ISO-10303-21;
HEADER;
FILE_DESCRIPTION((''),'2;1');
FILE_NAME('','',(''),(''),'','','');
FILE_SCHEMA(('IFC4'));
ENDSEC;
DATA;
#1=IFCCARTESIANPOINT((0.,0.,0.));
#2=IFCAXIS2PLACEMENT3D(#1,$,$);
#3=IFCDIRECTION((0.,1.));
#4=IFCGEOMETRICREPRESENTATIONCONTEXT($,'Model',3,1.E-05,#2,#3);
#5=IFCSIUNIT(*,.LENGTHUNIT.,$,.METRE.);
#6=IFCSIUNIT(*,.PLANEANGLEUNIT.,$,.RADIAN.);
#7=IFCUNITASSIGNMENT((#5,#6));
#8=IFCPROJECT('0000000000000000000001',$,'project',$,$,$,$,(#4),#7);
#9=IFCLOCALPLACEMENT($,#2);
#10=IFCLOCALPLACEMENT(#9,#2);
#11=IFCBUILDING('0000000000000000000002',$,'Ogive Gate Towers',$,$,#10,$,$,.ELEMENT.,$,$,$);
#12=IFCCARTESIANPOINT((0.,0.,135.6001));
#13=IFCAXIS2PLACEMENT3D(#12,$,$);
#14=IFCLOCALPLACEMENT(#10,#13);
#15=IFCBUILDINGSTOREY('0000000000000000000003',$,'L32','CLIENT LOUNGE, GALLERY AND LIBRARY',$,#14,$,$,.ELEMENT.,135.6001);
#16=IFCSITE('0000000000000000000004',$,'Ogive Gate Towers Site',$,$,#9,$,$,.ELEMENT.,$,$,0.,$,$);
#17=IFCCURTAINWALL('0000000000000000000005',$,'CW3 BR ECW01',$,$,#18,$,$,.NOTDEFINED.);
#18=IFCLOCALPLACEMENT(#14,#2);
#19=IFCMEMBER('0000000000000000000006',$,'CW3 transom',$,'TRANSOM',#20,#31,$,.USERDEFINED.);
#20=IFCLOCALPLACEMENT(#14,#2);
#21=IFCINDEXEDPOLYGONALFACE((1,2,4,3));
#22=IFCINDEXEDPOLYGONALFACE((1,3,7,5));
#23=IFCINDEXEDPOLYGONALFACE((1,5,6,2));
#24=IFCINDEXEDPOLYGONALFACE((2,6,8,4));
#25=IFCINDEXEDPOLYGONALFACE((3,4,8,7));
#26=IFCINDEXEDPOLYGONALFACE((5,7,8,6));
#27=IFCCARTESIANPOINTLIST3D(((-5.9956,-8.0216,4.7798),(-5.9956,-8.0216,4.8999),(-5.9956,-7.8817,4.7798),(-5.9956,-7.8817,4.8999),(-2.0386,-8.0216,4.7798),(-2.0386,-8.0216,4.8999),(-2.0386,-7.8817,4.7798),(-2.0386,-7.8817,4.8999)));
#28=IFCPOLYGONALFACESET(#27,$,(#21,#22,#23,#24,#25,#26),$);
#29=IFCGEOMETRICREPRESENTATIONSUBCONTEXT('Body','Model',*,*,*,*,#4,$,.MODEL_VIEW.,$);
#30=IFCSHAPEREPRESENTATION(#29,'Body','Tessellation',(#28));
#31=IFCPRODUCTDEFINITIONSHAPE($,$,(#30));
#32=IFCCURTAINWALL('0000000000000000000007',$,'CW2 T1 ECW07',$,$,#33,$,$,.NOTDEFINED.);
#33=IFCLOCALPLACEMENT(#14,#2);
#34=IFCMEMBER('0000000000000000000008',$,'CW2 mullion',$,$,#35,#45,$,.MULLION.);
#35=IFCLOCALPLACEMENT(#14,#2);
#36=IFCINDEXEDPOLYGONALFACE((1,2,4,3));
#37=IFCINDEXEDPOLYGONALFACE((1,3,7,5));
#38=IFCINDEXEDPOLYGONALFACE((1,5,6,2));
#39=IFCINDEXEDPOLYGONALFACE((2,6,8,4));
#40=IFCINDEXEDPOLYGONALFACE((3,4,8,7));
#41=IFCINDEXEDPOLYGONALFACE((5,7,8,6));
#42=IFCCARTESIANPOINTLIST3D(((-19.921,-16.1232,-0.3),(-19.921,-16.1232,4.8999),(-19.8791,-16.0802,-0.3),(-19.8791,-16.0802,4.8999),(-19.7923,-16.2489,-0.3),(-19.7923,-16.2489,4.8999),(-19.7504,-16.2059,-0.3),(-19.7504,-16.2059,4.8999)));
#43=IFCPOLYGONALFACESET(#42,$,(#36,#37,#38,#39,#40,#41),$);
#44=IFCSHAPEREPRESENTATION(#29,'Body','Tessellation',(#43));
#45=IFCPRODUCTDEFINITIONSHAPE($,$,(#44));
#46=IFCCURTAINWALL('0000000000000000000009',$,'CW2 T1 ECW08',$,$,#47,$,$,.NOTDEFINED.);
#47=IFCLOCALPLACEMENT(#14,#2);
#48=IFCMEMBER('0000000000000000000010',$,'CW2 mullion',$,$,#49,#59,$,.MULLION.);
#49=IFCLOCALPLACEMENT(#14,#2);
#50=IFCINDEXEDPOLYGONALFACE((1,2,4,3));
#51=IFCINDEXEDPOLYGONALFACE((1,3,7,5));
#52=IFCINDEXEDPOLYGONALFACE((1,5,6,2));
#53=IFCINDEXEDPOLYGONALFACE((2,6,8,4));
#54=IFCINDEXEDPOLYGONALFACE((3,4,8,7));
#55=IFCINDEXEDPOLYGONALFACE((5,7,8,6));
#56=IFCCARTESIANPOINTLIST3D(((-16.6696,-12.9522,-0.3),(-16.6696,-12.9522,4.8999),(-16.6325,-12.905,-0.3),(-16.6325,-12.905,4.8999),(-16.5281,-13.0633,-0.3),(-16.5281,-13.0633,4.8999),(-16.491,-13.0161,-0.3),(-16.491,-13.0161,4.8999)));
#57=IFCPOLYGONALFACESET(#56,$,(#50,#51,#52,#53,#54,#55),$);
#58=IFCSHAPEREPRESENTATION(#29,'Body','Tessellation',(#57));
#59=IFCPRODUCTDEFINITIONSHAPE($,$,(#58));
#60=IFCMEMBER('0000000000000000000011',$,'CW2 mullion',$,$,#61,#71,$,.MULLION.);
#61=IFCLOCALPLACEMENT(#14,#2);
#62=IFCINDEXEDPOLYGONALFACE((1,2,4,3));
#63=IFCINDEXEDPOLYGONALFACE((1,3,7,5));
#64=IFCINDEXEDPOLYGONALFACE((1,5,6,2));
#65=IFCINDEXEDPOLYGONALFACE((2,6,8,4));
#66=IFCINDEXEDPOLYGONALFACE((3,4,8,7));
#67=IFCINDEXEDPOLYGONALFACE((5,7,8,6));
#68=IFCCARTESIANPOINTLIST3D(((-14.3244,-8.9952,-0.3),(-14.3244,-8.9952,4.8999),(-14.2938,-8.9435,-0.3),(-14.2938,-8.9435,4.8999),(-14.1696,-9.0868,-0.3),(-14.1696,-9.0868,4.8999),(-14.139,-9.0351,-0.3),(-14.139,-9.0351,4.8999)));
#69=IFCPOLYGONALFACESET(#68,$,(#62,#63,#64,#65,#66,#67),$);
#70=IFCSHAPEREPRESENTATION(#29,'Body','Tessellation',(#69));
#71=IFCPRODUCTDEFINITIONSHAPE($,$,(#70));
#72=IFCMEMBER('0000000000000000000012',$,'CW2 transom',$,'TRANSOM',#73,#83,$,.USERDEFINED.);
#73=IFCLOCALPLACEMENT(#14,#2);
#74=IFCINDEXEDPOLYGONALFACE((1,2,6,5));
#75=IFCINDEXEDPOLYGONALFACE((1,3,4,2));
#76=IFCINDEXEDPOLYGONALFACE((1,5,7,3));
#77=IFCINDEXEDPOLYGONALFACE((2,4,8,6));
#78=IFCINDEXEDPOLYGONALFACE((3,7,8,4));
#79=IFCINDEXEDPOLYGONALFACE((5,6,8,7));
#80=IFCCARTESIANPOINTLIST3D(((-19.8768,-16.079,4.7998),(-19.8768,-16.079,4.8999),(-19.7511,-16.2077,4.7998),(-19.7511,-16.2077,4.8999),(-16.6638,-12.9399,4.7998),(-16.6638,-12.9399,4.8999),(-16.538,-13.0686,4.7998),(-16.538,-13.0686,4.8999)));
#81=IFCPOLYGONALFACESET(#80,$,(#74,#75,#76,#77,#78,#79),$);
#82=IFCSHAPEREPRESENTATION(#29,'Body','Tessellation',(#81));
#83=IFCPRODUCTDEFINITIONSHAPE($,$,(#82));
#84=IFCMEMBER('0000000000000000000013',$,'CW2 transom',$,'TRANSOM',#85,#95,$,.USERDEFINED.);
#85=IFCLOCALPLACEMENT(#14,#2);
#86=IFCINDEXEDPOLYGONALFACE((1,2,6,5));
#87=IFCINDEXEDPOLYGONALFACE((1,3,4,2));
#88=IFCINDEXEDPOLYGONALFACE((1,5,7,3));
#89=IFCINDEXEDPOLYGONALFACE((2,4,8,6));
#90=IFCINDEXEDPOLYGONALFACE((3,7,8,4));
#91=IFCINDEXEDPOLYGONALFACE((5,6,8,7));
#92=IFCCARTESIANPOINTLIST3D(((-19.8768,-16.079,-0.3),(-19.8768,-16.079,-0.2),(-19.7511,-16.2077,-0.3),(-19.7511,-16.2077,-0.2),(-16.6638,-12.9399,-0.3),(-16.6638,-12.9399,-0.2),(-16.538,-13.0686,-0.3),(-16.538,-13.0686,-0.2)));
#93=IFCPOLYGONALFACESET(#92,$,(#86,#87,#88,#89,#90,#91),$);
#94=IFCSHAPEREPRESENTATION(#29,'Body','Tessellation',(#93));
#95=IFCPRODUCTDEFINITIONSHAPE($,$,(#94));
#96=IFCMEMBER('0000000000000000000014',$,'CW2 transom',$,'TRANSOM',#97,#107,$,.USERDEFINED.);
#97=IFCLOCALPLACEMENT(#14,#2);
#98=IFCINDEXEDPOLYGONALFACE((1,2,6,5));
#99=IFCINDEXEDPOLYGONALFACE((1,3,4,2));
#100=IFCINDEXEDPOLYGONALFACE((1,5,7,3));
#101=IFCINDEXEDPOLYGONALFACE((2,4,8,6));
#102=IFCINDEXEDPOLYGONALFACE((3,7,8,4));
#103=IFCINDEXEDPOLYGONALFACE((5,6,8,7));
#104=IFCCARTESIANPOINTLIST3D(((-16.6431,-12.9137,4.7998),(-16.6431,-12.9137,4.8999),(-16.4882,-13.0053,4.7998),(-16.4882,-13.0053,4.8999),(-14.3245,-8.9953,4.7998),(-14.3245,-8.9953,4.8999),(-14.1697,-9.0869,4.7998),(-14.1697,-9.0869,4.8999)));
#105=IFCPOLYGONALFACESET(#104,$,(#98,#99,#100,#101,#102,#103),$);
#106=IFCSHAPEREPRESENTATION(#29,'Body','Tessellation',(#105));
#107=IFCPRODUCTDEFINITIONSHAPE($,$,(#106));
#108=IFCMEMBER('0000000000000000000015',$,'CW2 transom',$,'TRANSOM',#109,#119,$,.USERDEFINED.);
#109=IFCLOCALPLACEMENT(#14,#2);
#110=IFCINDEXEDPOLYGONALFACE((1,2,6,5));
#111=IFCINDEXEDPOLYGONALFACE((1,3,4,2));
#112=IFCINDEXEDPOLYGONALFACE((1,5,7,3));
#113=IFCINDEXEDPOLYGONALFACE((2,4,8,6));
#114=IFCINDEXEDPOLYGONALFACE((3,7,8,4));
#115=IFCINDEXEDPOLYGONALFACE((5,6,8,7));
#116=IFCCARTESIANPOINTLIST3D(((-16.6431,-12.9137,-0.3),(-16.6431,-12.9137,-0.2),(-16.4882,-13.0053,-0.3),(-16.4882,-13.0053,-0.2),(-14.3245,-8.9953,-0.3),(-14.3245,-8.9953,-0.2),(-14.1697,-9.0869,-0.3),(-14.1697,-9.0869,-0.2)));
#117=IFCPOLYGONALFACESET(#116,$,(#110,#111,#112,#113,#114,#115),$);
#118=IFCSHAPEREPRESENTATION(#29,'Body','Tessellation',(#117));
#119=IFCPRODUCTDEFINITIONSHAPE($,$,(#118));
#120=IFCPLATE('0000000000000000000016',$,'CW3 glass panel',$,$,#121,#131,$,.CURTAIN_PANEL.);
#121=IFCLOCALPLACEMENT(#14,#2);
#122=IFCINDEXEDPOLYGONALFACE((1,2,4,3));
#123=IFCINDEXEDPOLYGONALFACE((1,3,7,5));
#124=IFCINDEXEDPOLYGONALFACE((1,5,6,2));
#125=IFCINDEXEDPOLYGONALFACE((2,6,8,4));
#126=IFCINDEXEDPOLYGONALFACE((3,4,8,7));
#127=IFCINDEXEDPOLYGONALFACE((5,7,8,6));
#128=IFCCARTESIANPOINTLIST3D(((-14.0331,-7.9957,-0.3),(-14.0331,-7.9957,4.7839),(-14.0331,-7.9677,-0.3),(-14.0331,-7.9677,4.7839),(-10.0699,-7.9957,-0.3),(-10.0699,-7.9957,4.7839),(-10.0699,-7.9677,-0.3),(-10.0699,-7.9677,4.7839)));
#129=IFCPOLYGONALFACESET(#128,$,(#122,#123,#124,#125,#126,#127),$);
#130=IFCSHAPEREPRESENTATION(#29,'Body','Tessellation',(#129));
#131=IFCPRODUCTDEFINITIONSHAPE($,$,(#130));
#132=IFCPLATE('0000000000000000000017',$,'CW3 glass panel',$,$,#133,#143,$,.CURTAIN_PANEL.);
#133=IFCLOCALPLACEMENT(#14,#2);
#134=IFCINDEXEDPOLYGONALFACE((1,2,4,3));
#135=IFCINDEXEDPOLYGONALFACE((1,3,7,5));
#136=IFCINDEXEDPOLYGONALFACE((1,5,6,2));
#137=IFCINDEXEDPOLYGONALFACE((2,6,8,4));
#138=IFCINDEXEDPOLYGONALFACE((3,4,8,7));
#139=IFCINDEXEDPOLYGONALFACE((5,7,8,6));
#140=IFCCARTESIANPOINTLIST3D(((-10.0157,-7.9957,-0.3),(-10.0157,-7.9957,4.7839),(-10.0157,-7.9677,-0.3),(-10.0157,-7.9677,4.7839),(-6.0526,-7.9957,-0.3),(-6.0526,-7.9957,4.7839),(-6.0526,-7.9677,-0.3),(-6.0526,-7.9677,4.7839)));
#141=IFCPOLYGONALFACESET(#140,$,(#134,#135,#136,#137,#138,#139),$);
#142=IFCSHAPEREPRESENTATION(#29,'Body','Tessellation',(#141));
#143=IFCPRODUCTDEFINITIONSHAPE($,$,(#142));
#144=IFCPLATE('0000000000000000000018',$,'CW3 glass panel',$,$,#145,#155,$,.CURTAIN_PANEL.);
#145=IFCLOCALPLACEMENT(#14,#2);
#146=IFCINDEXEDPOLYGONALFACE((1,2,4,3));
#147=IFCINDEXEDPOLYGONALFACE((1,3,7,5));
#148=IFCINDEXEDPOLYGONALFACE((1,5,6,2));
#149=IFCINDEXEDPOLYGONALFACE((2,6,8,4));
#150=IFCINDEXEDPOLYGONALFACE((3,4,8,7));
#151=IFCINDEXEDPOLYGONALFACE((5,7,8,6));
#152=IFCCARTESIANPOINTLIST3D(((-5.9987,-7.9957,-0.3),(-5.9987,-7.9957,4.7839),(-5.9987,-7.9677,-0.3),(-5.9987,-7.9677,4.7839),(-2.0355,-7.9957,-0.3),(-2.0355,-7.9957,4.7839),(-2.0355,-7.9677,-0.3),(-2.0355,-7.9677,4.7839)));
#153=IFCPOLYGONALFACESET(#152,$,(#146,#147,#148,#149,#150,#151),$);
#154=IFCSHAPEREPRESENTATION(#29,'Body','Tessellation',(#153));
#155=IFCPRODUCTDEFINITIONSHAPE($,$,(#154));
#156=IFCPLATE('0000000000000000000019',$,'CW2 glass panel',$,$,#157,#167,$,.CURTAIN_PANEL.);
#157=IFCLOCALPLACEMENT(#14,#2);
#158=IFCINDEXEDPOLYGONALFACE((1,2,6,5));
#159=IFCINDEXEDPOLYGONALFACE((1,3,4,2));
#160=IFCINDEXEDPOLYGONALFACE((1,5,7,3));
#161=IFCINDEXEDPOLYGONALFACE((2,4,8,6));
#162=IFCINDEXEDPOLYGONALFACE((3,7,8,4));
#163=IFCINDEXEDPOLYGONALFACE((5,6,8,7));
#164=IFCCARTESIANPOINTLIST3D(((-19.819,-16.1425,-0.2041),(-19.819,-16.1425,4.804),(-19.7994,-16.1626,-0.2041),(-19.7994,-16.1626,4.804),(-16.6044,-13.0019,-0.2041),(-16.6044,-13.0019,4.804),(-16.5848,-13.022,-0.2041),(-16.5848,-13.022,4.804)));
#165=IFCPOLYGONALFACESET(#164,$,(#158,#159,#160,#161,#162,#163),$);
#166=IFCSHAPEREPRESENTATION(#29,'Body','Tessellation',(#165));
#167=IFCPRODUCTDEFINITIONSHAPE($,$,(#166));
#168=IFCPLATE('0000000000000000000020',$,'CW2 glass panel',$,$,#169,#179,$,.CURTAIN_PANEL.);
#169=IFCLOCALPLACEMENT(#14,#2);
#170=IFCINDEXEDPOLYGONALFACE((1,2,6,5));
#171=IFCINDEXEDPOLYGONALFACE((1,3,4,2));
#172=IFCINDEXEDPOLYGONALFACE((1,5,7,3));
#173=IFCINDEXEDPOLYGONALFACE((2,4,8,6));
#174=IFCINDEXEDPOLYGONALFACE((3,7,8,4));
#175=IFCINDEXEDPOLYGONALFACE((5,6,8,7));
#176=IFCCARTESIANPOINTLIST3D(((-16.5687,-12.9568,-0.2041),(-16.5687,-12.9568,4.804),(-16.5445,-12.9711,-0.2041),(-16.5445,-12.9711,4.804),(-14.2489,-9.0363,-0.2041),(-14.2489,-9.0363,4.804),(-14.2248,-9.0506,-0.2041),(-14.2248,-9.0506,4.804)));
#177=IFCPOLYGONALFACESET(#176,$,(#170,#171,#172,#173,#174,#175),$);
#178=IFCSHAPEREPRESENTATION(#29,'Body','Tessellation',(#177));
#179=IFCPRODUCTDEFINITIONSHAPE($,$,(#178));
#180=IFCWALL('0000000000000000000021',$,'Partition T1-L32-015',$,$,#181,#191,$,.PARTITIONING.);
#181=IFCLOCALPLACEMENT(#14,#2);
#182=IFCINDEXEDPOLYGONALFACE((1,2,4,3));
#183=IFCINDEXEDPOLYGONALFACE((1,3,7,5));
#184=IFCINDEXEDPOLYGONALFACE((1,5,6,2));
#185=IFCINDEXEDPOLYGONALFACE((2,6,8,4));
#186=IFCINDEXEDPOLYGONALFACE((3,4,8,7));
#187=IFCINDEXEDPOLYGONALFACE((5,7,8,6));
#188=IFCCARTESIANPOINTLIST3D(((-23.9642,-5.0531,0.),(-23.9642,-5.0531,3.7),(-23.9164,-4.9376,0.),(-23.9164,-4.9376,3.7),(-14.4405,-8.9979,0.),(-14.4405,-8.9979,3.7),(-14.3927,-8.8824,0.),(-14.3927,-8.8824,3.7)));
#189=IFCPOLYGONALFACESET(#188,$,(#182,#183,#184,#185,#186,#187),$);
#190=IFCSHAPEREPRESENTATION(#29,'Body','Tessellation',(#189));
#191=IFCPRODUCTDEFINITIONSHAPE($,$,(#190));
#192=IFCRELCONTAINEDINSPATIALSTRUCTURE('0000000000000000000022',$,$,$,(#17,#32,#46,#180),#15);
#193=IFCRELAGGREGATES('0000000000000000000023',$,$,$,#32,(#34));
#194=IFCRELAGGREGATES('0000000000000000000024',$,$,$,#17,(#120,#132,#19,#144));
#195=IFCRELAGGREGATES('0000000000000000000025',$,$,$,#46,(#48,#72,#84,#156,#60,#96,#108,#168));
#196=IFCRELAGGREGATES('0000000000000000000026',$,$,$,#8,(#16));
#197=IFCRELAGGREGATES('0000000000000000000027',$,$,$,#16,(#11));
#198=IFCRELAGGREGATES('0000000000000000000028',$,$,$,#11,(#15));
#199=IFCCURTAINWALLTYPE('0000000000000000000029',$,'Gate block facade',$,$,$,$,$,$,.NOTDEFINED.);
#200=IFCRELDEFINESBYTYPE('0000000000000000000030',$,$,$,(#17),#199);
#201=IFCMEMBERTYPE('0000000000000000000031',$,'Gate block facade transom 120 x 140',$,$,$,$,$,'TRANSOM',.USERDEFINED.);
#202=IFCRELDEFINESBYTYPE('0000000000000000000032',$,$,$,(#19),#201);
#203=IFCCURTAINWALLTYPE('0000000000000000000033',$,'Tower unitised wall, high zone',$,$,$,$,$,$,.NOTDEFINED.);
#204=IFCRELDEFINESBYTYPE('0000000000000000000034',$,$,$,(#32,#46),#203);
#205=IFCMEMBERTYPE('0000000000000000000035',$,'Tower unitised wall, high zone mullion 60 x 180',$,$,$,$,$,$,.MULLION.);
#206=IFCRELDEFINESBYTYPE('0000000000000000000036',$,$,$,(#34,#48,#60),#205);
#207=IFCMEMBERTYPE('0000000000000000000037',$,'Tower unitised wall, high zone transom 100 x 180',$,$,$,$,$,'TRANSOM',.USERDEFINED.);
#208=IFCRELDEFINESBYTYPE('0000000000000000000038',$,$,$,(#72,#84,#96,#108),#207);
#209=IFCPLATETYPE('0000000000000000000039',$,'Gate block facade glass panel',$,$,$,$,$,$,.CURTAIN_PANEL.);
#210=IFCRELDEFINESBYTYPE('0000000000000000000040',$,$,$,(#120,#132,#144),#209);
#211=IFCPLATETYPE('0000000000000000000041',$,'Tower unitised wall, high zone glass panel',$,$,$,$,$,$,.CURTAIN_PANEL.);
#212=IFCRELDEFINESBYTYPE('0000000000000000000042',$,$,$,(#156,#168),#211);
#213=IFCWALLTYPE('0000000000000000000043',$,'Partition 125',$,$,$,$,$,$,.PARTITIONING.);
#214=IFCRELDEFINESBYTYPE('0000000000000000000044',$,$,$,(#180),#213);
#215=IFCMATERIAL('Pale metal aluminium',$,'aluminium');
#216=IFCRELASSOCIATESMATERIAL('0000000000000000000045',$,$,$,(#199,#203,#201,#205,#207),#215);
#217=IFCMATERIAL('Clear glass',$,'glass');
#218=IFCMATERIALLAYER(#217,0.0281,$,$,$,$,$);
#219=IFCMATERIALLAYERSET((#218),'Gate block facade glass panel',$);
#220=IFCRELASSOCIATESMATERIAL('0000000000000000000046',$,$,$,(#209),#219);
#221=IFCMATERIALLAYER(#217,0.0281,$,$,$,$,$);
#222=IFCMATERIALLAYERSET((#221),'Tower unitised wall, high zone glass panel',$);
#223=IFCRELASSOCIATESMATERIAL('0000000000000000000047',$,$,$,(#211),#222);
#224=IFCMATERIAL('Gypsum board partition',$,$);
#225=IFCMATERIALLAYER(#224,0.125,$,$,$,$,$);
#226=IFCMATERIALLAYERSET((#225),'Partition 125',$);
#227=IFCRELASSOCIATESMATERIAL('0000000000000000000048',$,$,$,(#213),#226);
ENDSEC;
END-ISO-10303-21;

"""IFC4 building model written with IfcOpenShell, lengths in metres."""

from ifc_helpers import new_model, si_unit, direction, frame, frame_2d, origin, origin_2d, place, context, subcontext, project, spatial, rectangle, extrude, material, layer, layer_set, material_profile, profile_set, type_object, element, aggregate, save


model = new_model("IFC4")

# Units and contexts
model_context = context("Model", 3, precision=1e-05, world=origin(), true_north=direction((0.0, 1.0)))
body_context = subcontext(model_context, "Body", "Model", "MODEL_VIEW")
ifc_project = project(units=[si_unit("LENGTHUNIT", "METRE"), si_unit("PLANEANGLEUNIT", "RADIAN")], contexts=[model_context])

# Site, building, storey
site_placement = place(None, origin())
site = spatial("IfcSite", under=ifc_project, at=site_placement, Name="Ogive Gate Towers Site", CompositionType="ELEMENT", RefElevation=0.0)
building_placement = place(site_placement, origin())
building = spatial("IfcBuilding", under=site, at=building_placement, Name="Ogive Gate Towers", CompositionType="ELEMENT")
storey_placement = place(building_placement, frame((0.0, 0.0, 135.6001)))
storey = spatial("IfcBuildingStorey", under=building, at=storey_placement, Name="L32", Description="CLIENT LOUNGE, GALLERY AND LIBRARY", CompositionType="ELEMENT", Elevation=135.6001)

# Curtain wall, member
ifc_material_1 = material(Name="Pale metal aluminium", Category="aluminium")
curtain_wall_type_1 = type_object("IfcCurtainWallType", Name="Gate block facade", PredefinedType="NOTDEFINED", material=ifc_material_1)
curtain_wall_1_placement = place(storey_placement, origin())
curtain_wall_1 = element("IfcCurtainWall", 1, at=curtain_wall_1_placement, inside=storey, type_object=curtain_wall_type_1, Name="CW3 BR ECW01", PredefinedType="NOTDEFINED")
ifc_material_profile_1 = material_profile(ifc_material_1, rectangle(XDim=0.1399, YDim=0.1201, at=origin_2d()), Name="120 x 140 aluminium box")
ifc_profile_set_1 = profile_set([ifc_material_profile_1], Name="Pale metal aluminium")
member_type_1 = type_object("IfcMemberType", Name="Gate block facade transom 120 x 140", ElementType="TRANSOM", PredefinedType="USERDEFINED", material=ifc_profile_set_1)
member_1_placement = place(storey_placement, frame((-5.9956, -7.9517, 4.8398), z_axis=(1.0, 0.0, 0.0), x_axis=(0.0, 1.0, 0.0)))
member_1 = element("IfcMember", 2, at=member_1_placement, type_object=member_type_1, Name="CW3 transom", ObjectType="TRANSOM", PredefinedType="USERDEFINED", context=body_context, shape_type="SweptSolid", body=[
    extrude(rectangle(XDim=0.1399, YDim=0.1201, at=origin_2d()), origin(), (0.0, 0.0, 1.0), 3.957),
])

# Curtain wall, member
curtain_wall_type_2 = type_object("IfcCurtainWallType", Name="Tower unitised wall, high zone", PredefinedType="NOTDEFINED", material=ifc_material_1)
curtain_wall_2_placement = place(storey_placement, origin())
curtain_wall_2 = element("IfcCurtainWall", 3, at=curtain_wall_2_placement, inside=storey, type_object=curtain_wall_type_2, Name="CW2 T1 ECW07", PredefinedType="NOTDEFINED")
ifc_material_profile_2 = material_profile(ifc_material_1, rectangle(XDim=0.1799, YDim=0.0601, at=origin_2d()), Name="60 x 180 aluminium box")
ifc_profile_set_2 = profile_set([ifc_material_profile_2], Name="Pale metal aluminium")
member_type_2 = type_object("IfcMemberType", Name="Tower unitised wall, high zone mullion 60 x 180", PredefinedType="MULLION", material=ifc_profile_set_2)
member_2_placement = place(storey_placement, frame((-19.8357, -16.1646, -0.3), z_axis=(0.0, 0.0, 1.0), x_axis=(0.715303, -0.698815, 0.0)))
member_2 = element("IfcMember", 4, at=member_2_placement, type_object=member_type_2, Name="CW2 mullion", PredefinedType="MULLION", context=body_context, shape_type="SweptSolid", body=[
    extrude(rectangle(XDim=0.1799, YDim=0.0601, at=origin_2d()), origin(), (0.0, 0.0, 1.0), 5.2),
])
aggregate(curtain_wall_2, [member_2])

# Curtain wall, members
curtain_wall_3_placement = place(storey_placement, origin())
curtain_wall_3 = element("IfcCurtainWall", 5, at=curtain_wall_3_placement, inside=storey, type_object=curtain_wall_type_2, Name="CW2 T1 ECW08", PredefinedType="NOTDEFINED")
member_3_placement = place(storey_placement, frame((-16.5803, -12.9841, -0.3), z_axis=(0.0, 0.0, 1.0), x_axis=(0.786504, -0.617585, 0.0)))
member_3 = element("IfcMember", 6, at=member_3_placement, type_object=member_type_2, Name="CW2 mullion", PredefinedType="MULLION", context=body_context, shape_type="SweptSolid", body=[
    extrude(rectangle(XDim=0.1799, YDim=0.0601, at=origin_2d()), origin(), (0.0, 0.0, 1.0), 5.2),
])
member_4_placement = place(storey_placement, frame((-14.2317, -9.0151, -0.3), z_axis=(0.0, 0.0, 1.0), x_axis=(0.860627, -0.509237, 0.0)))
member_4 = element("IfcMember", 7, at=member_4_placement, type_object=member_type_2, Name="CW2 mullion", PredefinedType="MULLION", context=body_context, shape_type="SweptSolid", body=[
    extrude(rectangle(XDim=0.1799, YDim=0.0601, at=origin_2d()), origin(), (0.0, 0.0, 1.0), 5.2),
])
ifc_material_profile_3 = material_profile(ifc_material_1, rectangle(XDim=0.1799, YDim=0.1001, at=origin_2d()), Name="100 x 180 aluminium box")
ifc_profile_set_3 = profile_set([ifc_material_profile_3], Name="Pale metal aluminium")
member_type_3 = type_object("IfcMemberType", Name="Tower unitised wall, high zone transom 100 x 180", ElementType="TRANSOM", PredefinedType="USERDEFINED", material=ifc_profile_set_3)
member_5_placement = place(storey_placement, frame((-19.814, -16.1433, 4.8499), z_axis=(0.715293, 0.698825, 0.0), x_axis=(-0.698825, 0.715293, 0.0)))
member_5 = element("IfcMember", 8, at=member_5_placement, type_object=member_type_3, Name="CW2 transom", ObjectType="TRANSOM", PredefinedType="USERDEFINED", context=body_context, shape_type="SweptSolid", body=[
    extrude(rectangle(XDim=0.1799, YDim=0.1001, at=origin_2d()), origin(), (0.0, 0.0, 1.0), 4.4919),
])
member_6_placement = place(storey_placement, frame((-19.814, -16.1433, -0.25), z_axis=(0.715293, 0.698825, 0.0), x_axis=(-0.698825, 0.715293, 0.0)))
member_6 = element("IfcMember", 9, at=member_6_placement, type_object=member_type_3, Name="CW2 transom", ObjectType="TRANSOM", PredefinedType="USERDEFINED", context=body_context, shape_type="SweptSolid", body=[
    extrude(rectangle(XDim=0.1799, YDim=0.1001, at=origin_2d()), origin(), (0.0, 0.0, 1.0), 4.4919),
])
member_7_placement = place(storey_placement, frame((-16.5657, -12.9595, 4.8499), z_axis=(0.509242, 0.860623, 0.0), x_axis=(-0.860623, 0.509242, 0.0)))
member_7 = element("IfcMember", 10, at=member_7_placement, type_object=member_type_3, Name="CW2 transom", ObjectType="TRANSOM", PredefinedType="USERDEFINED", context=body_context, shape_type="SweptSolid", body=[
    extrude(rectangle(XDim=0.1799, YDim=0.1001, at=origin_2d()), origin(), (0.0, 0.0, 1.0), 4.553),
])
member_8_placement = place(storey_placement, frame((-16.5657, -12.9595, -0.25), z_axis=(0.509242, 0.860623, 0.0), x_axis=(-0.860623, 0.509242, 0.0)))
member_8 = element("IfcMember", 11, at=member_8_placement, type_object=member_type_3, Name="CW2 transom", ObjectType="TRANSOM", PredefinedType="USERDEFINED", context=body_context, shape_type="SweptSolid", body=[
    extrude(rectangle(XDim=0.1799, YDim=0.1001, at=origin_2d()), origin(), (0.0, 0.0, 1.0), 4.553),
])

# Plates
ifc_material_2 = material(Name="Clear glass", Category="glass")
ifc_layer_1 = layer(ifc_material_2, 0.0281)
ifc_layer_set_1 = layer_set([ifc_layer_1], Name="Gate block facade glass panel")
plate_type_1 = type_object("IfcPlateType", Name="Gate block facade glass panel", PredefinedType="CURTAIN_PANEL", material=ifc_layer_set_1)
plate_1_placement = place(storey_placement, frame((-12.0515, -7.9817, -0.3), z_axis=(0.0, 0.0, 1.0), x_axis=(1.0, 0.0, 0.0)))
plate_1 = element("IfcPlate", 12, at=plate_1_placement, type_object=plate_type_1, Name="CW3 glass panel", PredefinedType="CURTAIN_PANEL", context=body_context, shape_type="SweptSolid", body=[
    extrude(rectangle(XDim=3.9631, YDim=0.0281, at=origin_2d()), origin(), (0.0, 0.0, 1.0), 5.084),
])
plate_2_placement = place(storey_placement, frame((-8.0342, -7.9817, -0.3), z_axis=(0.0, 0.0, 1.0), x_axis=(1.0, 0.0, 0.0)))
plate_2 = element("IfcPlate", 13, at=plate_2_placement, type_object=plate_type_1, Name="CW3 glass panel", PredefinedType="CURTAIN_PANEL", context=body_context, shape_type="SweptSolid", body=[
    extrude(rectangle(XDim=3.9631, YDim=0.0281, at=origin_2d()), origin(), (0.0, 0.0, 1.0), 5.084),
])
plate_3_placement = place(storey_placement, frame((-4.0171, -7.9817, -0.3), z_axis=(0.0, 0.0, 1.0), x_axis=(1.0, 0.0, 0.0)))
plate_3 = element("IfcPlate", 14, at=plate_3_placement, type_object=plate_type_1, Name="CW3 glass panel", PredefinedType="CURTAIN_PANEL", context=body_context, shape_type="SweptSolid", body=[
    extrude(rectangle(XDim=3.9631, YDim=0.0281, at=origin_2d()), origin(), (0.0, 0.0, 1.0), 5.084),
])
aggregate(curtain_wall_1, [plate_1, plate_2, member_1, plate_3])
ifc_layer_2 = layer(ifc_material_2, 0.0281)
ifc_layer_set_2 = layer_set([ifc_layer_2], Name="Tower unitised wall, high zone glass panel")
plate_type_2 = type_object("IfcPlateType", Name="Tower unitised wall, high zone glass panel", PredefinedType="CURTAIN_PANEL", material=ifc_layer_set_2)
plate_4_placement = place(storey_placement, frame((-18.2019, -14.5823, -0.2041), z_axis=(0.0, 0.0, 1.0), x_axis=(0.715303, 0.698815, 0.0)))
plate_4 = element("IfcPlate", 15, at=plate_4_placement, type_object=plate_type_2, Name="CW2 glass panel", PredefinedType="CURTAIN_PANEL", context=body_context, shape_type="SweptSolid", body=[
    extrude(rectangle(XDim=4.4941, YDim=0.0281, at=origin_2d()), origin(), (0.0, 0.0, 1.0), 5.0081),
])
plate_5_placement = place(storey_placement, frame((-15.3967, -11.0037, -0.2041), z_axis=(0.0, 0.0, 1.0), x_axis=(0.509237, 0.860627, 0.0)))
plate_5 = element("IfcPlate", 16, at=plate_5_placement, type_object=plate_type_2, Name="CW2 glass panel", PredefinedType="CURTAIN_PANEL", context=body_context, shape_type="SweptSolid", body=[
    extrude(rectangle(XDim=4.5554, YDim=0.0281, at=origin_2d()), origin(), (0.0, 0.0, 1.0), 5.0081),
])
aggregate(curtain_wall_3, [member_3, member_5, member_6, plate_4, member_4, member_7, member_8, plate_5])

# Wall
ifc_material_3 = material(Name="Gypsum board partition")
ifc_layer_3 = layer(ifc_material_3, 0.125)
ifc_layer_set_3 = layer_set([ifc_layer_3], Name="Partition 125")
wall_type_1 = type_object("IfcWallType", Name="Partition 125", PredefinedType="PARTITIONING", material=ifc_layer_set_3)
wall_1_placement = place(storey_placement, frame((-14.4165, -8.9402, 0.0), z_axis=(0.0, 0.0, 1.0), x_axis=(-0.92388, 0.382682, 0.0)))
element("IfcWall", 17, at=wall_1_placement, inside=storey, type_object=wall_type_1, Name="Partition T1-L32-015", PredefinedType="PARTITIONING", context=body_context, shape_type="SweptSolid", body=[
    extrude(rectangle(XDim=10.3083, YDim=0.125, at=frame_2d((5.1543, 0.0))), origin(), (0.0, 0.0, 1.0), 3.7),
])

save(model, "model.ifc")
